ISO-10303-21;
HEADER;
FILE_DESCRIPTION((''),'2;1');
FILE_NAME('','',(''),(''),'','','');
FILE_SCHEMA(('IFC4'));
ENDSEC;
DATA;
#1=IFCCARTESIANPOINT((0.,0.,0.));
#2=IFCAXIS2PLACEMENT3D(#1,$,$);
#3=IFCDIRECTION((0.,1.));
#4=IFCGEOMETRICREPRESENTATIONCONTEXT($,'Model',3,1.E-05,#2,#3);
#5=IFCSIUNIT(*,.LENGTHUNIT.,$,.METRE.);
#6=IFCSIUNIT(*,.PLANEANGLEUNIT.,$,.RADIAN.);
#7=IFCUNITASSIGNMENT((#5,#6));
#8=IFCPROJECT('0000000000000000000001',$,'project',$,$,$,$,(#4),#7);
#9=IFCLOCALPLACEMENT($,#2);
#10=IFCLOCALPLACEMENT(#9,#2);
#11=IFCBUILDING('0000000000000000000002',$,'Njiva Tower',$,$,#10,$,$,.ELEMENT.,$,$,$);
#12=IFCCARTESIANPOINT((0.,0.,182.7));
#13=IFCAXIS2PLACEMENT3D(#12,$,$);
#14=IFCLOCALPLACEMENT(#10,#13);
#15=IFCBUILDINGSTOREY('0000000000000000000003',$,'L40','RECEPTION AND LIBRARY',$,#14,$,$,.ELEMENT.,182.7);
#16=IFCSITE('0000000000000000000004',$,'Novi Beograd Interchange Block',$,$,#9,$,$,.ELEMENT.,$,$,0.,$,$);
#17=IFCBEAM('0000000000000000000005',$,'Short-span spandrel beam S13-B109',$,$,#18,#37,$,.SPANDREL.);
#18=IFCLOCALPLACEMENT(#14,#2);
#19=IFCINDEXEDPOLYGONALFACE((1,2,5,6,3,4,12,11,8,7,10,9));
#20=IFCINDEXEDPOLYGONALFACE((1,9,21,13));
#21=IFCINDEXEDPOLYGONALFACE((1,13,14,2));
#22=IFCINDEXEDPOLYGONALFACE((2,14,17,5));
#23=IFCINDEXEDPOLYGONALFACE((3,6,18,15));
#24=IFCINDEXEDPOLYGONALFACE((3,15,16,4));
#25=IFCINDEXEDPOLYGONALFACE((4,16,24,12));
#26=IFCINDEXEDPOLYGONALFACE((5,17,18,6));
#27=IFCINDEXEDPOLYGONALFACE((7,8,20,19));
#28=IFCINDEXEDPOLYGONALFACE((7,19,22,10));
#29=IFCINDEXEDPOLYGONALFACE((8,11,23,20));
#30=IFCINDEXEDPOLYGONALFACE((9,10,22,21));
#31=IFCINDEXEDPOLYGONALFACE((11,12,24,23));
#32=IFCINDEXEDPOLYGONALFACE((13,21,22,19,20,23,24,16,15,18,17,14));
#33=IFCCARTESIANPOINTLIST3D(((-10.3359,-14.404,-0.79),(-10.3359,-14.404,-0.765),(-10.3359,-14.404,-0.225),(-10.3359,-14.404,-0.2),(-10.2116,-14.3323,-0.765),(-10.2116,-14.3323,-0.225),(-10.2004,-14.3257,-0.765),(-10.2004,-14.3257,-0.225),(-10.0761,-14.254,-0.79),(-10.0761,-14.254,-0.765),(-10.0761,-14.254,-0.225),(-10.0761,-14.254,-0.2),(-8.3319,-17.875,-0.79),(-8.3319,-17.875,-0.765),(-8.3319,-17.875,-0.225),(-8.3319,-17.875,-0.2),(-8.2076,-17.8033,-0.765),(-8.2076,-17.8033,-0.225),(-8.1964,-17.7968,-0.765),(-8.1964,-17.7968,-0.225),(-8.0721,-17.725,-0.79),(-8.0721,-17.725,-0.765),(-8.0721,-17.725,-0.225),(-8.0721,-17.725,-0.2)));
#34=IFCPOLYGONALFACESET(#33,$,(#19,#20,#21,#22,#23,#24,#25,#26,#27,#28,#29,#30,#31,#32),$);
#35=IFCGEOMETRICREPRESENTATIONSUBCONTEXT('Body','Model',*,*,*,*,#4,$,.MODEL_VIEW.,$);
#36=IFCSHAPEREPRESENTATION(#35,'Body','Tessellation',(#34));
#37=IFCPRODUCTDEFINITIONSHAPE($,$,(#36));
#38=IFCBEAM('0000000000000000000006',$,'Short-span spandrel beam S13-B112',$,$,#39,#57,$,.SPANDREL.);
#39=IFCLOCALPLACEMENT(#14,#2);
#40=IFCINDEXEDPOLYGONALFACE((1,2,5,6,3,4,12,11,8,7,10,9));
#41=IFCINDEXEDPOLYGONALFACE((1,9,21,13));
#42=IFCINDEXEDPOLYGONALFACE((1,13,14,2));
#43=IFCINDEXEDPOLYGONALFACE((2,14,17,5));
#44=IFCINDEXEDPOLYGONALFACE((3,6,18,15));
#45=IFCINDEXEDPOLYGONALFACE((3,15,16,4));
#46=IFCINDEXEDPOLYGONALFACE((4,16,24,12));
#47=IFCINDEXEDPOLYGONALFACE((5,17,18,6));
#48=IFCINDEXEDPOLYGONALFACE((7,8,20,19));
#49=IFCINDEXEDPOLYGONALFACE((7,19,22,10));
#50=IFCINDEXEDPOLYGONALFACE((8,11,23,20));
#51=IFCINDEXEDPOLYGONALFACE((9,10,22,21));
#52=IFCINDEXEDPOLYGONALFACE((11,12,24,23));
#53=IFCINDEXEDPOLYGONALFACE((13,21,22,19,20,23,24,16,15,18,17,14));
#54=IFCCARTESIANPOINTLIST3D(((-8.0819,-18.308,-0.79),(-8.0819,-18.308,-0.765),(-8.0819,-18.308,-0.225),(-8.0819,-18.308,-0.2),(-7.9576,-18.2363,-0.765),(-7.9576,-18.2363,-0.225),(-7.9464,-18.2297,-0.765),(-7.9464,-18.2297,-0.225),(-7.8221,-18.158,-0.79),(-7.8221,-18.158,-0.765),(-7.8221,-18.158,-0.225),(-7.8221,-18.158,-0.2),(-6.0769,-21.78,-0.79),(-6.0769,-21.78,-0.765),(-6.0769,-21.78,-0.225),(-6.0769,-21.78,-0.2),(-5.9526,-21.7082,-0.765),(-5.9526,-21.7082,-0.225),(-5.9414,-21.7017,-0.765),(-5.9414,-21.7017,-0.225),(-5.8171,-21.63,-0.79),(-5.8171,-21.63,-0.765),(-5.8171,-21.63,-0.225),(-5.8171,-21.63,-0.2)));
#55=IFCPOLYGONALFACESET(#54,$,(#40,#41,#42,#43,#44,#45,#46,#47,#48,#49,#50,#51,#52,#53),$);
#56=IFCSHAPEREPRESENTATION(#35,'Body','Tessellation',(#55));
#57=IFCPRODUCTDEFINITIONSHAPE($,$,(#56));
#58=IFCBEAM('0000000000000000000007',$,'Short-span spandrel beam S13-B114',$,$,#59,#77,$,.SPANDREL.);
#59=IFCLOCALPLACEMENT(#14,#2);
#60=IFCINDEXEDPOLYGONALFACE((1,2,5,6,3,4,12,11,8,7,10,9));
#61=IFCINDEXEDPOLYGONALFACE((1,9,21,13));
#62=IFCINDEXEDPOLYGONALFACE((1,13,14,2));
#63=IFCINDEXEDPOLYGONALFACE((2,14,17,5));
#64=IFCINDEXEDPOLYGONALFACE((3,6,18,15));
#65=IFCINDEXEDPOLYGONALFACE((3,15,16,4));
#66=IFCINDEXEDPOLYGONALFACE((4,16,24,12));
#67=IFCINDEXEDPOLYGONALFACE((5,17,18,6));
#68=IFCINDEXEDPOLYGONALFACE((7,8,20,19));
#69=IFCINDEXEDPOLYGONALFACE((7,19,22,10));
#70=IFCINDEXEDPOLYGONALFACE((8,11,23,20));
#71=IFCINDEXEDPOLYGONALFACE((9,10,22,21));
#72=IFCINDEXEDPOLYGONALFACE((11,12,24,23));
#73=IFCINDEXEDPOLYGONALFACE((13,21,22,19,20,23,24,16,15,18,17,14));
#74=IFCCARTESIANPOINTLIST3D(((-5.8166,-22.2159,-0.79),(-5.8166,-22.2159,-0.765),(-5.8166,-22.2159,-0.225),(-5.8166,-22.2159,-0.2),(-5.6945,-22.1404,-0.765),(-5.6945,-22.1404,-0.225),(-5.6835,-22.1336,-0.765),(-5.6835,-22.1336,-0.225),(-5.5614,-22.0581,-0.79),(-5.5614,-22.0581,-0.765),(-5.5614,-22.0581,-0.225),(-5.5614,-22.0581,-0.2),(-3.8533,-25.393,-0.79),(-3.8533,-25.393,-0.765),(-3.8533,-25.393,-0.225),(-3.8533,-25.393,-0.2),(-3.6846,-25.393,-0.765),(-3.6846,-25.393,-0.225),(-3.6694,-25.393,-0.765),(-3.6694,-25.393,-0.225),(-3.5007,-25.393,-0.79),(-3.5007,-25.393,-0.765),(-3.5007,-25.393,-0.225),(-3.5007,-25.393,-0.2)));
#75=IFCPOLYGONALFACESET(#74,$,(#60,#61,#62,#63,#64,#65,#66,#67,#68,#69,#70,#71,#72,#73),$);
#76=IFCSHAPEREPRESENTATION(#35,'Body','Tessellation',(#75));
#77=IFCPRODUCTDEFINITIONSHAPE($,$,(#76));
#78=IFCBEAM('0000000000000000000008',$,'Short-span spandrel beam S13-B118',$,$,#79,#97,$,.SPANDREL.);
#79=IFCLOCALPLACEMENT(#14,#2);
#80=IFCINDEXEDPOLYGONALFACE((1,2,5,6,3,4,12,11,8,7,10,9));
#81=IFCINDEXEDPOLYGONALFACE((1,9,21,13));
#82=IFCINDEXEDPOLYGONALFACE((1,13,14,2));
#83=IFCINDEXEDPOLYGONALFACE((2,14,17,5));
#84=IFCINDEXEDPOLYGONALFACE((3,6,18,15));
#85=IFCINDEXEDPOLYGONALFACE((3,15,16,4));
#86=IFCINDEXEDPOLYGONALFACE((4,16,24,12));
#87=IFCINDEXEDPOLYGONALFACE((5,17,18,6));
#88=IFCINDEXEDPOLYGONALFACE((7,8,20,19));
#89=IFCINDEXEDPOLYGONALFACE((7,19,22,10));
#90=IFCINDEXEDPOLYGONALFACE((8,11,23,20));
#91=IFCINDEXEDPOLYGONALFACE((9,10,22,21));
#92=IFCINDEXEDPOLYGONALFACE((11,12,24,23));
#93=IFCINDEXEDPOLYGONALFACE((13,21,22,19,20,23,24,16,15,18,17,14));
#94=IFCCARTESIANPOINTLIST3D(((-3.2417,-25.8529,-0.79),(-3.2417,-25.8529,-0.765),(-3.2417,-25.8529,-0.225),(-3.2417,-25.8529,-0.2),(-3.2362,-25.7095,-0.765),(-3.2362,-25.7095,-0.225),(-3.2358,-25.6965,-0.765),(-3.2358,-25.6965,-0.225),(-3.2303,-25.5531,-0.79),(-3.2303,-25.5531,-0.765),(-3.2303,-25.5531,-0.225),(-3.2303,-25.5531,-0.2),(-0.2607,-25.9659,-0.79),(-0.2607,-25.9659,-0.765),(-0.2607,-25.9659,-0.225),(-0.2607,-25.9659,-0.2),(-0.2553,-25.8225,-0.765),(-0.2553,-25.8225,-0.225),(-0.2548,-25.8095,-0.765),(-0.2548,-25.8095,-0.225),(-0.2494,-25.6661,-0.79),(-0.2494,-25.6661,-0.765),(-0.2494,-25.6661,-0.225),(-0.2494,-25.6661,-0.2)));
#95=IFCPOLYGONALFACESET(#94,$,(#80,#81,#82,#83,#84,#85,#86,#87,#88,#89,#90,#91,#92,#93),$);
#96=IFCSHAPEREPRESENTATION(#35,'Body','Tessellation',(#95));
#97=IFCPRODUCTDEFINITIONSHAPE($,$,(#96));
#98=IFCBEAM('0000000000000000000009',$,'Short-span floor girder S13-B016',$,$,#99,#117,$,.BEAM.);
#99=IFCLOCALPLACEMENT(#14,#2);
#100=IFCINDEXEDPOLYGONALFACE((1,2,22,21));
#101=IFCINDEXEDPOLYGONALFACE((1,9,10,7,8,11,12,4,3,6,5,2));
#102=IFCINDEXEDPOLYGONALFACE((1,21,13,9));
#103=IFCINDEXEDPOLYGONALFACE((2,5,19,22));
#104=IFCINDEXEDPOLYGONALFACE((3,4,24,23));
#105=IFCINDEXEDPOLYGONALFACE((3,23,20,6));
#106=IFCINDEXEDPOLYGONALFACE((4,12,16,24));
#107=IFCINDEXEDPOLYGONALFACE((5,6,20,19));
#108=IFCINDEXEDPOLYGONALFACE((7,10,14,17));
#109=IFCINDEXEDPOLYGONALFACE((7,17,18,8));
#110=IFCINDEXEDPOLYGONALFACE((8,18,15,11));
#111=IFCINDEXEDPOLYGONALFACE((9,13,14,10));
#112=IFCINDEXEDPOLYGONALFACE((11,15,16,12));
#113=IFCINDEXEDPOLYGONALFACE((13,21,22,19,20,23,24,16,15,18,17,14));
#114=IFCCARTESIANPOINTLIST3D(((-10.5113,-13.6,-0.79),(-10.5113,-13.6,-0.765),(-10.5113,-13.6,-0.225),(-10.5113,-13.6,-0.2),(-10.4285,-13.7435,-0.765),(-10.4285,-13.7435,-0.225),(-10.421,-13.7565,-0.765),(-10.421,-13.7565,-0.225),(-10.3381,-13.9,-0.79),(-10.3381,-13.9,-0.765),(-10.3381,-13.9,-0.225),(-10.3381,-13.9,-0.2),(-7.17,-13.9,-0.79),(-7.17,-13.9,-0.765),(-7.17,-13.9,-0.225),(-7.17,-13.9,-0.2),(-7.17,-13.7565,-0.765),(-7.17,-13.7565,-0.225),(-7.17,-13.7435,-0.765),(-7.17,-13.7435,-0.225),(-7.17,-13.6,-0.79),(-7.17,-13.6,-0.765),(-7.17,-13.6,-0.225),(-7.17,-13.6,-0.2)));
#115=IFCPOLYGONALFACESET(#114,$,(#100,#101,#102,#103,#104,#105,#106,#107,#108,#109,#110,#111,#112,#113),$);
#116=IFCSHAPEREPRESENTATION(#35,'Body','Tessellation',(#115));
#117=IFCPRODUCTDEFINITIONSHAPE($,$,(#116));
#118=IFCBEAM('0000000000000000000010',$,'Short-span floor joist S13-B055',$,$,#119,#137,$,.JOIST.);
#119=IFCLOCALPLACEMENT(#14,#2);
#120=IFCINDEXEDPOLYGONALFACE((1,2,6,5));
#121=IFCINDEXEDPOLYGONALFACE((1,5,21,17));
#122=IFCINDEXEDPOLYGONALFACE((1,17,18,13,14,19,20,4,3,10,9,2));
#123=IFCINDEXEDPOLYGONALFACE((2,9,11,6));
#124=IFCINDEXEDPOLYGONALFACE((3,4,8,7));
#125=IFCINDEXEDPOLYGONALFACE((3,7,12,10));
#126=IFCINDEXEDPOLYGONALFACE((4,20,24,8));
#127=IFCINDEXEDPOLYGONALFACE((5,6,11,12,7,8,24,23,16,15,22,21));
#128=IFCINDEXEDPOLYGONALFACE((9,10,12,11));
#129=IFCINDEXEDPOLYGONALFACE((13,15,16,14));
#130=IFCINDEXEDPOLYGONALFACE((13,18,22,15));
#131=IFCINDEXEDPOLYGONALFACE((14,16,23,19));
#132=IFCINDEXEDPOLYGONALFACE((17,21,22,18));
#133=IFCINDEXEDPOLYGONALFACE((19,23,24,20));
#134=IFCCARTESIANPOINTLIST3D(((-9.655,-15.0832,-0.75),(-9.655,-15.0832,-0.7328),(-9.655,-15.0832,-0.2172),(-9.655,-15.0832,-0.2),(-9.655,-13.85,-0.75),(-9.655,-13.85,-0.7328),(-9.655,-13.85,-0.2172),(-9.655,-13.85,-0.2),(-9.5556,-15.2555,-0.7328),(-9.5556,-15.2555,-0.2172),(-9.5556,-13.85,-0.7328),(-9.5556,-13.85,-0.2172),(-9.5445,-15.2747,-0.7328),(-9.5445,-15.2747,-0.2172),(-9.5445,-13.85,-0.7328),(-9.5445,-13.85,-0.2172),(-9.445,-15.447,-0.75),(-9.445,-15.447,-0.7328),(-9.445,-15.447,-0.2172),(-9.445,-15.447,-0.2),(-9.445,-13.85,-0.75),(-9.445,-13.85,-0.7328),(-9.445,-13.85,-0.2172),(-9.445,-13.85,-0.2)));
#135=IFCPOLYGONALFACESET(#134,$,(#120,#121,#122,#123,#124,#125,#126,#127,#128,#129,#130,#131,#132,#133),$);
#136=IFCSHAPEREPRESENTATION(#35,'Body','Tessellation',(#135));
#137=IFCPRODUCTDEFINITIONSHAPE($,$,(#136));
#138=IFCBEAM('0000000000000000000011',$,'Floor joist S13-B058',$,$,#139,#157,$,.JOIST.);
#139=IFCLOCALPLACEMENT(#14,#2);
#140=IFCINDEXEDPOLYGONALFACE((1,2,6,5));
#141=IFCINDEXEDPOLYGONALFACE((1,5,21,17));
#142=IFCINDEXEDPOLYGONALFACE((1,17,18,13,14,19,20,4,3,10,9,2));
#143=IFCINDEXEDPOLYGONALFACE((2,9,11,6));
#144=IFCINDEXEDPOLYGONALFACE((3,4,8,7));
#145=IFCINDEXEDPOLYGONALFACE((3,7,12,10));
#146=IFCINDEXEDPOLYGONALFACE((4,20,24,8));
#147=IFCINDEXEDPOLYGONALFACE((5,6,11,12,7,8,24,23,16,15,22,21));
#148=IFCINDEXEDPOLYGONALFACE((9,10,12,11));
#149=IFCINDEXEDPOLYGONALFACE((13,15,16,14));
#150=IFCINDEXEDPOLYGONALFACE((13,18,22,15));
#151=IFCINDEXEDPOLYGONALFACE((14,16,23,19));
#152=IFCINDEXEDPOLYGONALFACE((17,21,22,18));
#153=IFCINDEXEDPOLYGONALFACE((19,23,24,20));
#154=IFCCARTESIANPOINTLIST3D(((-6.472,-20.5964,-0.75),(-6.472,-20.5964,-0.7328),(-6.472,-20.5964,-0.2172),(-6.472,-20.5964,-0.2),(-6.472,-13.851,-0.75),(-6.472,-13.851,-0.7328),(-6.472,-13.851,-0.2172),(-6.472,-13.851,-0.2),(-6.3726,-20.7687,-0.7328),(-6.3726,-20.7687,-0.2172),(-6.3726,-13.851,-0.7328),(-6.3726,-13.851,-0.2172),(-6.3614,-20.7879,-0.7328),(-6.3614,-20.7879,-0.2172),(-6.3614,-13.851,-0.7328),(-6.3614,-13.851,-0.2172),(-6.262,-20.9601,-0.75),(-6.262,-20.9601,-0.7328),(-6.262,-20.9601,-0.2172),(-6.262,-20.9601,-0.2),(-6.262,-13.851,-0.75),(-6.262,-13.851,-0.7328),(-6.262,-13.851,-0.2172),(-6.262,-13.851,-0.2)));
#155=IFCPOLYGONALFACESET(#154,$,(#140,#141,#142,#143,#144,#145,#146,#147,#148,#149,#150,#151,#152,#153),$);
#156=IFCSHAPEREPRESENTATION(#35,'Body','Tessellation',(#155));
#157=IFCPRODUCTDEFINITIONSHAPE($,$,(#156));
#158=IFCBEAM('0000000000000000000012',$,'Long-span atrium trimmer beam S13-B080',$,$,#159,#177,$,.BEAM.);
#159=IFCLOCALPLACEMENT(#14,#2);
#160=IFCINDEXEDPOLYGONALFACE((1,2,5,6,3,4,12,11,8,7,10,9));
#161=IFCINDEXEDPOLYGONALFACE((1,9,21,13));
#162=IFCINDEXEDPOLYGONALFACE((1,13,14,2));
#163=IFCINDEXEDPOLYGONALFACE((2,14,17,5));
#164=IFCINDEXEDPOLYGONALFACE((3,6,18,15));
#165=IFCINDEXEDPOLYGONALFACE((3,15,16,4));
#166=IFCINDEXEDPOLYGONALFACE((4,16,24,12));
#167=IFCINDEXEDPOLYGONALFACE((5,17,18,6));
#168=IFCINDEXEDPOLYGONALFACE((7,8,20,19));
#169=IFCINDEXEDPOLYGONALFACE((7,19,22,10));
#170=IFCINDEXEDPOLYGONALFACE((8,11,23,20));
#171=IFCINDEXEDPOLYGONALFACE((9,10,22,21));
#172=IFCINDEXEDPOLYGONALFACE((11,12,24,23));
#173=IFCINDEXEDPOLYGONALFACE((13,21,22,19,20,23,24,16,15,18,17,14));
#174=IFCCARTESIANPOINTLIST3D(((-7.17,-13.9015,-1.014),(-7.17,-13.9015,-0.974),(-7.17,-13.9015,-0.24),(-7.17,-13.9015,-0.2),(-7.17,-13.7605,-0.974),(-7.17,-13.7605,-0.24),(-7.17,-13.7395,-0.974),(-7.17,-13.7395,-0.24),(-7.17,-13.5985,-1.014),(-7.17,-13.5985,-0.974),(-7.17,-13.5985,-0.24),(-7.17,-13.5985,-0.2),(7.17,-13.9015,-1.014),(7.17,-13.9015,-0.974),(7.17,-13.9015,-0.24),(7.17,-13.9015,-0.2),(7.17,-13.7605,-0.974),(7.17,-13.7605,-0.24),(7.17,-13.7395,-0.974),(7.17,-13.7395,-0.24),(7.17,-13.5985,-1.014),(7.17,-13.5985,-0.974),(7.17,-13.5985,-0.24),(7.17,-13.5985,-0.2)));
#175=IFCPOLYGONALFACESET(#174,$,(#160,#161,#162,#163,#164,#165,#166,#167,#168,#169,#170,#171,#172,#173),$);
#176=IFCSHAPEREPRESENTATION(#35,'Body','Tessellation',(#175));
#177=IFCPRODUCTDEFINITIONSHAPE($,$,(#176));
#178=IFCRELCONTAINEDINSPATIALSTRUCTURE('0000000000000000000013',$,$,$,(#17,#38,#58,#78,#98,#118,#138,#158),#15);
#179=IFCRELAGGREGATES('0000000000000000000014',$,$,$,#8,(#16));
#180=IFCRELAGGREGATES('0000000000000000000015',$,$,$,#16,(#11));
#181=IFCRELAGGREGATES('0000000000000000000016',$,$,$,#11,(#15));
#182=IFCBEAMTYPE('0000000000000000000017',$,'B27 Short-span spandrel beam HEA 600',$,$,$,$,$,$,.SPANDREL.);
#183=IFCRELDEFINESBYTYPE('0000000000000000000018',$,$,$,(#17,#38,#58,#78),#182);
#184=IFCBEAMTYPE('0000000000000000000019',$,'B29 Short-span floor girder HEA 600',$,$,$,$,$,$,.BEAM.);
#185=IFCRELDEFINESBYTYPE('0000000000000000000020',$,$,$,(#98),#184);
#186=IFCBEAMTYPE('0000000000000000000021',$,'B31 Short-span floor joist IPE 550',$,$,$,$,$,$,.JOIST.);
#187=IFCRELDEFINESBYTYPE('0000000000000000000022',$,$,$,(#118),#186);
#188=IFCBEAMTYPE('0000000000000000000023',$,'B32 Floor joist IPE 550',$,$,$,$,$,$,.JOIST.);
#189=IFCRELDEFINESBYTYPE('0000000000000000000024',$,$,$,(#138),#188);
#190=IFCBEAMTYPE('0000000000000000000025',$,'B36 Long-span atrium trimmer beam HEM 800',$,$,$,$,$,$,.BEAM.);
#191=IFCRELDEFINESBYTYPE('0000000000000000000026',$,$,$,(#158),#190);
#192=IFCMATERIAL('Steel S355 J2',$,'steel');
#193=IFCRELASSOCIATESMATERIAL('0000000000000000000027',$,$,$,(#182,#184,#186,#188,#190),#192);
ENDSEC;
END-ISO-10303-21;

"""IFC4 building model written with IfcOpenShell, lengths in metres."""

from ifc_helpers import new_model, si_unit, direction, frame, origin, origin_2d, place, context, subcontext, project, spatial, i_section, extrude, clip, halfspace, material, material_profile, profile_set, type_object, element, save


model = new_model("IFC4")

# Units and contexts
model_context = context("Model", 3, precision=1e-05, world=origin(), true_north=direction((0.0, 1.0)))
body_context = subcontext(model_context, "Body", "Model", "MODEL_VIEW")
ifc_project = project(units=[si_unit("LENGTHUNIT", "METRE"), si_unit("PLANEANGLEUNIT", "RADIAN")], contexts=[model_context])

# Site, building, storey
site_placement = place(None, origin())
site = spatial("IfcSite", under=ifc_project, at=site_placement, Name="Novi Beograd Interchange Block", CompositionType="ELEMENT", RefElevation=0.0)
building_placement = place(site_placement, origin())
building = spatial("IfcBuilding", under=site, at=building_placement, Name="Njiva Tower", CompositionType="ELEMENT")
storey_placement = place(building_placement, frame((0.0, 0.0, 182.7)))
storey = spatial("IfcBuildingStorey", under=building, at=storey_placement, Name="L40", Description="RECEPTION AND LIBRARY", CompositionType="ELEMENT", Elevation=182.7)

# Shared definitions
ifc_material_1 = material(Name="Steel S355 J2", Category="steel")

# Beams
ifc_material_profile_1 = material_profile(ifc_material_1, i_section(OverallWidth=0.3, OverallDepth=0.59, WebThickness=0.013, FlangeThickness=0.025, at=origin_2d()), Name="HEA 600")
ifc_profile_set_1 = profile_set([ifc_material_profile_1], Name="Steel S355 J2")
beam_type_1 = type_object("IfcBeamType", Name="B27 Short-span spandrel beam HEA 600", PredefinedType="SPANDREL", material=ifc_profile_set_1)
for number, where, z_axis, x_axis, name in (
    (1, (-10.206, -14.329, -0.495), (0.500003, -0.866024, 0.0), (0.866024, 0.500003, 0.0), "Short-span spandrel beam S13-B109"),
):
    element("IfcBeam", number, at=place(storey_placement, frame(where, z_axis=z_axis, x_axis=x_axis)), inside=storey, type_object=beam_type_1, Name=name, PredefinedType="SPANDREL", context=body_context, shape_type="SweptSolid", body=[
        extrude(i_section(OverallWidth=0.3, OverallDepth=0.59, WebThickness=0.013, FlangeThickness=0.025, at=origin_2d()), origin(), (0.0, 0.0, 1.0), 4.008),
    ])
beam_1_placement = place(storey_placement, frame((-7.952, -18.233, -0.495), z_axis=(0.500082, -0.865978, 0.0), x_axis=(0.865978, 0.500082, 0.0)))
element("IfcBeam", 2, at=beam_1_placement, inside=storey, type_object=beam_type_1, Name="Short-span spandrel beam S13-B112", PredefinedType="SPANDREL", context=body_context, shape_type="SweptSolid", body=[
    extrude(i_section(OverallWidth=0.3, OverallDepth=0.59, WebThickness=0.013, FlangeThickness=0.025, at=origin_2d()), origin(), (0.0, 0.0, 1.0), 4.0093),
])
beam_2_placement = place(storey_placement, frame((-5.689, -22.137, -0.495), z_axis=(0.525671, -0.850688, 0.0), x_axis=(0.850688, 0.525671, 0.0)))
element("IfcBeam", 3, at=beam_2_placement, inside=storey, type_object=beam_type_1, Name="Short-span spandrel beam S13-B114", PredefinedType="SPANDREL", context=body_context, shape_type="Clipping", body=[
    clip(extrude(i_section(OverallWidth=0.3, OverallDepth=0.59, WebThickness=0.013, FlangeThickness=0.025, at=origin_2d()), origin(), (0.0, 0.0, 1.0), 3.9405), halfspace(frame((-0.0259, 0.0, 3.8115), z_axis=(-0.525671, 0.0, 0.850688), x_axis=(0.0, 1.0, 0.0)), False)),
])
beam_3_placement = place(storey_placement, frame((-3.236, -25.703, -0.495), z_axis=(0.999282, -0.03788, 0.0), x_axis=(0.03788, 0.999282, 0.0)))
element("IfcBeam", 4, at=beam_3_placement, inside=storey, type_object=beam_type_1, Name="Short-span spandrel beam S13-B118", PredefinedType="SPANDREL", context=body_context, shape_type="SweptSolid", body=[
    extrude(i_section(OverallWidth=0.3, OverallDepth=0.59, WebThickness=0.013, FlangeThickness=0.025, at=origin_2d()), origin(), (0.0, 0.0, 1.0), 2.9831),
])
ifc_material_profile_2 = material_profile(ifc_material_1, i_section(OverallWidth=0.3, OverallDepth=0.59, WebThickness=0.013, FlangeThickness=0.025, at=origin_2d()), Name="HEA 600")
ifc_profile_set_2 = profile_set([ifc_material_profile_2], Name="Steel S355 J2")
beam_type_2 = type_object("IfcBeamType", Name="B29 Short-span floor girder HEA 600", PredefinedType="BEAM", material=ifc_profile_set_2)
beam_4_placement = place(storey_placement, frame((-10.532, -13.75, -0.495), z_axis=(1.0, 0.0, 0.0), x_axis=(0.0, 1.0, 0.0)))
element("IfcBeam", 5, at=beam_4_placement, inside=storey, type_object=beam_type_2, Name="Short-span floor girder S13-B016", PredefinedType="BEAM", context=body_context, shape_type="Clipping", body=[
    clip(extrude(i_section(OverallWidth=0.3, OverallDepth=0.59, WebThickness=0.013, FlangeThickness=0.025, at=origin_2d()), origin(), (0.0, 0.0, 1.0), 3.362), halfspace(frame((-0.025, 0.0, 0.1217), z_axis=(-0.499998, 0.0, -0.866027), x_axis=(0.0, -1.0, 0.0)), False)),
])
ifc_material_profile_3 = material_profile(ifc_material_1, i_section(OverallWidth=0.21, OverallDepth=0.55, WebThickness=0.0111, FlangeThickness=0.0172, at=origin_2d()), Name="IPE 550")
ifc_profile_set_3 = profile_set([ifc_material_profile_3], Name="Steel S355 J2")
beam_type_3 = type_object("IfcBeamType", Name="B31 Short-span floor joist IPE 550", PredefinedType="JOIST", material=ifc_profile_set_3)
beam_5_placement = place(storey_placement, frame((-9.55, -13.85, -0.475), z_axis=(0.0, -1.0, 0.0), x_axis=(1.0, 0.0, 0.0)))
element("IfcBeam", 6, at=beam_5_placement, inside=storey, type_object=beam_type_3, Name="Short-span floor joist S13-B055", PredefinedType="JOIST", context=body_context, shape_type="Clipping", body=[
    clip(extrude(i_section(OverallWidth=0.21, OverallDepth=0.55, WebThickness=0.0111, FlangeThickness=0.0172, at=origin_2d()), origin(), (0.0, 0.0, 1.0), 1.617), halfspace(frame((-0.0433, 0.0, 1.3401), z_axis=(-0.866027, 0.0, 0.499998), x_axis=(0.0, 1.0, 0.0)), False)),
])
ifc_material_profile_4 = material_profile(ifc_material_1, i_section(OverallWidth=0.21, OverallDepth=0.55, WebThickness=0.0111, FlangeThickness=0.0172, at=origin_2d()), Name="IPE 550")
ifc_profile_set_4 = profile_set([ifc_material_profile_4], Name="Steel S355 J2")
beam_type_4 = type_object("IfcBeamType", Name="B32 Floor joist IPE 550", PredefinedType="JOIST", material=ifc_profile_set_4)
beam_6_placement = place(storey_placement, frame((-6.367, -13.851, -0.475), z_axis=(0.0, -1.0, 0.0), x_axis=(1.0, 0.0, 0.0)))
element("IfcBeam", 7, at=beam_6_placement, inside=storey, type_object=beam_type_4, Name="Floor joist S13-B058", PredefinedType="JOIST", context=body_context, shape_type="Clipping", body=[
    clip(extrude(i_section(OverallWidth=0.21, OverallDepth=0.55, WebThickness=0.0111, FlangeThickness=0.0172, at=origin_2d()), origin(), (0.0, 0.0, 1.0), 7.13), halfspace(frame((-0.043, 0.0, 6.8528), z_axis=(-0.866027, 0.0, 0.499998), x_axis=(0.0, 1.0, 0.0)), False)),
])
ifc_material_profile_5 = material_profile(ifc_material_1, i_section(OverallWidth=0.303, OverallDepth=0.814, WebThickness=0.021, FlangeThickness=0.04, at=origin_2d()), Name="HEM 800")
ifc_profile_set_5 = profile_set([ifc_material_profile_5], Name="Steel S355 J2")
beam_type_5 = type_object("IfcBeamType", Name="B36 Long-span atrium trimmer beam HEM 800", PredefinedType="BEAM", material=ifc_profile_set_5)
beam_7_placement = place(storey_placement, frame((-7.17, -13.75, -0.607), z_axis=(1.0, 0.0, 0.0), x_axis=(0.0, 1.0, 0.0)))
element("IfcBeam", 8, at=beam_7_placement, inside=storey, type_object=beam_type_5, Name="Long-span atrium trimmer beam S13-B080", PredefinedType="BEAM", context=body_context, shape_type="SweptSolid", body=[
    extrude(i_section(OverallWidth=0.303, OverallDepth=0.814, WebThickness=0.021, FlangeThickness=0.04, at=origin_2d()), origin(), (0.0, 0.0, 1.0), 14.34),
])

save(model, "model.ifc")
